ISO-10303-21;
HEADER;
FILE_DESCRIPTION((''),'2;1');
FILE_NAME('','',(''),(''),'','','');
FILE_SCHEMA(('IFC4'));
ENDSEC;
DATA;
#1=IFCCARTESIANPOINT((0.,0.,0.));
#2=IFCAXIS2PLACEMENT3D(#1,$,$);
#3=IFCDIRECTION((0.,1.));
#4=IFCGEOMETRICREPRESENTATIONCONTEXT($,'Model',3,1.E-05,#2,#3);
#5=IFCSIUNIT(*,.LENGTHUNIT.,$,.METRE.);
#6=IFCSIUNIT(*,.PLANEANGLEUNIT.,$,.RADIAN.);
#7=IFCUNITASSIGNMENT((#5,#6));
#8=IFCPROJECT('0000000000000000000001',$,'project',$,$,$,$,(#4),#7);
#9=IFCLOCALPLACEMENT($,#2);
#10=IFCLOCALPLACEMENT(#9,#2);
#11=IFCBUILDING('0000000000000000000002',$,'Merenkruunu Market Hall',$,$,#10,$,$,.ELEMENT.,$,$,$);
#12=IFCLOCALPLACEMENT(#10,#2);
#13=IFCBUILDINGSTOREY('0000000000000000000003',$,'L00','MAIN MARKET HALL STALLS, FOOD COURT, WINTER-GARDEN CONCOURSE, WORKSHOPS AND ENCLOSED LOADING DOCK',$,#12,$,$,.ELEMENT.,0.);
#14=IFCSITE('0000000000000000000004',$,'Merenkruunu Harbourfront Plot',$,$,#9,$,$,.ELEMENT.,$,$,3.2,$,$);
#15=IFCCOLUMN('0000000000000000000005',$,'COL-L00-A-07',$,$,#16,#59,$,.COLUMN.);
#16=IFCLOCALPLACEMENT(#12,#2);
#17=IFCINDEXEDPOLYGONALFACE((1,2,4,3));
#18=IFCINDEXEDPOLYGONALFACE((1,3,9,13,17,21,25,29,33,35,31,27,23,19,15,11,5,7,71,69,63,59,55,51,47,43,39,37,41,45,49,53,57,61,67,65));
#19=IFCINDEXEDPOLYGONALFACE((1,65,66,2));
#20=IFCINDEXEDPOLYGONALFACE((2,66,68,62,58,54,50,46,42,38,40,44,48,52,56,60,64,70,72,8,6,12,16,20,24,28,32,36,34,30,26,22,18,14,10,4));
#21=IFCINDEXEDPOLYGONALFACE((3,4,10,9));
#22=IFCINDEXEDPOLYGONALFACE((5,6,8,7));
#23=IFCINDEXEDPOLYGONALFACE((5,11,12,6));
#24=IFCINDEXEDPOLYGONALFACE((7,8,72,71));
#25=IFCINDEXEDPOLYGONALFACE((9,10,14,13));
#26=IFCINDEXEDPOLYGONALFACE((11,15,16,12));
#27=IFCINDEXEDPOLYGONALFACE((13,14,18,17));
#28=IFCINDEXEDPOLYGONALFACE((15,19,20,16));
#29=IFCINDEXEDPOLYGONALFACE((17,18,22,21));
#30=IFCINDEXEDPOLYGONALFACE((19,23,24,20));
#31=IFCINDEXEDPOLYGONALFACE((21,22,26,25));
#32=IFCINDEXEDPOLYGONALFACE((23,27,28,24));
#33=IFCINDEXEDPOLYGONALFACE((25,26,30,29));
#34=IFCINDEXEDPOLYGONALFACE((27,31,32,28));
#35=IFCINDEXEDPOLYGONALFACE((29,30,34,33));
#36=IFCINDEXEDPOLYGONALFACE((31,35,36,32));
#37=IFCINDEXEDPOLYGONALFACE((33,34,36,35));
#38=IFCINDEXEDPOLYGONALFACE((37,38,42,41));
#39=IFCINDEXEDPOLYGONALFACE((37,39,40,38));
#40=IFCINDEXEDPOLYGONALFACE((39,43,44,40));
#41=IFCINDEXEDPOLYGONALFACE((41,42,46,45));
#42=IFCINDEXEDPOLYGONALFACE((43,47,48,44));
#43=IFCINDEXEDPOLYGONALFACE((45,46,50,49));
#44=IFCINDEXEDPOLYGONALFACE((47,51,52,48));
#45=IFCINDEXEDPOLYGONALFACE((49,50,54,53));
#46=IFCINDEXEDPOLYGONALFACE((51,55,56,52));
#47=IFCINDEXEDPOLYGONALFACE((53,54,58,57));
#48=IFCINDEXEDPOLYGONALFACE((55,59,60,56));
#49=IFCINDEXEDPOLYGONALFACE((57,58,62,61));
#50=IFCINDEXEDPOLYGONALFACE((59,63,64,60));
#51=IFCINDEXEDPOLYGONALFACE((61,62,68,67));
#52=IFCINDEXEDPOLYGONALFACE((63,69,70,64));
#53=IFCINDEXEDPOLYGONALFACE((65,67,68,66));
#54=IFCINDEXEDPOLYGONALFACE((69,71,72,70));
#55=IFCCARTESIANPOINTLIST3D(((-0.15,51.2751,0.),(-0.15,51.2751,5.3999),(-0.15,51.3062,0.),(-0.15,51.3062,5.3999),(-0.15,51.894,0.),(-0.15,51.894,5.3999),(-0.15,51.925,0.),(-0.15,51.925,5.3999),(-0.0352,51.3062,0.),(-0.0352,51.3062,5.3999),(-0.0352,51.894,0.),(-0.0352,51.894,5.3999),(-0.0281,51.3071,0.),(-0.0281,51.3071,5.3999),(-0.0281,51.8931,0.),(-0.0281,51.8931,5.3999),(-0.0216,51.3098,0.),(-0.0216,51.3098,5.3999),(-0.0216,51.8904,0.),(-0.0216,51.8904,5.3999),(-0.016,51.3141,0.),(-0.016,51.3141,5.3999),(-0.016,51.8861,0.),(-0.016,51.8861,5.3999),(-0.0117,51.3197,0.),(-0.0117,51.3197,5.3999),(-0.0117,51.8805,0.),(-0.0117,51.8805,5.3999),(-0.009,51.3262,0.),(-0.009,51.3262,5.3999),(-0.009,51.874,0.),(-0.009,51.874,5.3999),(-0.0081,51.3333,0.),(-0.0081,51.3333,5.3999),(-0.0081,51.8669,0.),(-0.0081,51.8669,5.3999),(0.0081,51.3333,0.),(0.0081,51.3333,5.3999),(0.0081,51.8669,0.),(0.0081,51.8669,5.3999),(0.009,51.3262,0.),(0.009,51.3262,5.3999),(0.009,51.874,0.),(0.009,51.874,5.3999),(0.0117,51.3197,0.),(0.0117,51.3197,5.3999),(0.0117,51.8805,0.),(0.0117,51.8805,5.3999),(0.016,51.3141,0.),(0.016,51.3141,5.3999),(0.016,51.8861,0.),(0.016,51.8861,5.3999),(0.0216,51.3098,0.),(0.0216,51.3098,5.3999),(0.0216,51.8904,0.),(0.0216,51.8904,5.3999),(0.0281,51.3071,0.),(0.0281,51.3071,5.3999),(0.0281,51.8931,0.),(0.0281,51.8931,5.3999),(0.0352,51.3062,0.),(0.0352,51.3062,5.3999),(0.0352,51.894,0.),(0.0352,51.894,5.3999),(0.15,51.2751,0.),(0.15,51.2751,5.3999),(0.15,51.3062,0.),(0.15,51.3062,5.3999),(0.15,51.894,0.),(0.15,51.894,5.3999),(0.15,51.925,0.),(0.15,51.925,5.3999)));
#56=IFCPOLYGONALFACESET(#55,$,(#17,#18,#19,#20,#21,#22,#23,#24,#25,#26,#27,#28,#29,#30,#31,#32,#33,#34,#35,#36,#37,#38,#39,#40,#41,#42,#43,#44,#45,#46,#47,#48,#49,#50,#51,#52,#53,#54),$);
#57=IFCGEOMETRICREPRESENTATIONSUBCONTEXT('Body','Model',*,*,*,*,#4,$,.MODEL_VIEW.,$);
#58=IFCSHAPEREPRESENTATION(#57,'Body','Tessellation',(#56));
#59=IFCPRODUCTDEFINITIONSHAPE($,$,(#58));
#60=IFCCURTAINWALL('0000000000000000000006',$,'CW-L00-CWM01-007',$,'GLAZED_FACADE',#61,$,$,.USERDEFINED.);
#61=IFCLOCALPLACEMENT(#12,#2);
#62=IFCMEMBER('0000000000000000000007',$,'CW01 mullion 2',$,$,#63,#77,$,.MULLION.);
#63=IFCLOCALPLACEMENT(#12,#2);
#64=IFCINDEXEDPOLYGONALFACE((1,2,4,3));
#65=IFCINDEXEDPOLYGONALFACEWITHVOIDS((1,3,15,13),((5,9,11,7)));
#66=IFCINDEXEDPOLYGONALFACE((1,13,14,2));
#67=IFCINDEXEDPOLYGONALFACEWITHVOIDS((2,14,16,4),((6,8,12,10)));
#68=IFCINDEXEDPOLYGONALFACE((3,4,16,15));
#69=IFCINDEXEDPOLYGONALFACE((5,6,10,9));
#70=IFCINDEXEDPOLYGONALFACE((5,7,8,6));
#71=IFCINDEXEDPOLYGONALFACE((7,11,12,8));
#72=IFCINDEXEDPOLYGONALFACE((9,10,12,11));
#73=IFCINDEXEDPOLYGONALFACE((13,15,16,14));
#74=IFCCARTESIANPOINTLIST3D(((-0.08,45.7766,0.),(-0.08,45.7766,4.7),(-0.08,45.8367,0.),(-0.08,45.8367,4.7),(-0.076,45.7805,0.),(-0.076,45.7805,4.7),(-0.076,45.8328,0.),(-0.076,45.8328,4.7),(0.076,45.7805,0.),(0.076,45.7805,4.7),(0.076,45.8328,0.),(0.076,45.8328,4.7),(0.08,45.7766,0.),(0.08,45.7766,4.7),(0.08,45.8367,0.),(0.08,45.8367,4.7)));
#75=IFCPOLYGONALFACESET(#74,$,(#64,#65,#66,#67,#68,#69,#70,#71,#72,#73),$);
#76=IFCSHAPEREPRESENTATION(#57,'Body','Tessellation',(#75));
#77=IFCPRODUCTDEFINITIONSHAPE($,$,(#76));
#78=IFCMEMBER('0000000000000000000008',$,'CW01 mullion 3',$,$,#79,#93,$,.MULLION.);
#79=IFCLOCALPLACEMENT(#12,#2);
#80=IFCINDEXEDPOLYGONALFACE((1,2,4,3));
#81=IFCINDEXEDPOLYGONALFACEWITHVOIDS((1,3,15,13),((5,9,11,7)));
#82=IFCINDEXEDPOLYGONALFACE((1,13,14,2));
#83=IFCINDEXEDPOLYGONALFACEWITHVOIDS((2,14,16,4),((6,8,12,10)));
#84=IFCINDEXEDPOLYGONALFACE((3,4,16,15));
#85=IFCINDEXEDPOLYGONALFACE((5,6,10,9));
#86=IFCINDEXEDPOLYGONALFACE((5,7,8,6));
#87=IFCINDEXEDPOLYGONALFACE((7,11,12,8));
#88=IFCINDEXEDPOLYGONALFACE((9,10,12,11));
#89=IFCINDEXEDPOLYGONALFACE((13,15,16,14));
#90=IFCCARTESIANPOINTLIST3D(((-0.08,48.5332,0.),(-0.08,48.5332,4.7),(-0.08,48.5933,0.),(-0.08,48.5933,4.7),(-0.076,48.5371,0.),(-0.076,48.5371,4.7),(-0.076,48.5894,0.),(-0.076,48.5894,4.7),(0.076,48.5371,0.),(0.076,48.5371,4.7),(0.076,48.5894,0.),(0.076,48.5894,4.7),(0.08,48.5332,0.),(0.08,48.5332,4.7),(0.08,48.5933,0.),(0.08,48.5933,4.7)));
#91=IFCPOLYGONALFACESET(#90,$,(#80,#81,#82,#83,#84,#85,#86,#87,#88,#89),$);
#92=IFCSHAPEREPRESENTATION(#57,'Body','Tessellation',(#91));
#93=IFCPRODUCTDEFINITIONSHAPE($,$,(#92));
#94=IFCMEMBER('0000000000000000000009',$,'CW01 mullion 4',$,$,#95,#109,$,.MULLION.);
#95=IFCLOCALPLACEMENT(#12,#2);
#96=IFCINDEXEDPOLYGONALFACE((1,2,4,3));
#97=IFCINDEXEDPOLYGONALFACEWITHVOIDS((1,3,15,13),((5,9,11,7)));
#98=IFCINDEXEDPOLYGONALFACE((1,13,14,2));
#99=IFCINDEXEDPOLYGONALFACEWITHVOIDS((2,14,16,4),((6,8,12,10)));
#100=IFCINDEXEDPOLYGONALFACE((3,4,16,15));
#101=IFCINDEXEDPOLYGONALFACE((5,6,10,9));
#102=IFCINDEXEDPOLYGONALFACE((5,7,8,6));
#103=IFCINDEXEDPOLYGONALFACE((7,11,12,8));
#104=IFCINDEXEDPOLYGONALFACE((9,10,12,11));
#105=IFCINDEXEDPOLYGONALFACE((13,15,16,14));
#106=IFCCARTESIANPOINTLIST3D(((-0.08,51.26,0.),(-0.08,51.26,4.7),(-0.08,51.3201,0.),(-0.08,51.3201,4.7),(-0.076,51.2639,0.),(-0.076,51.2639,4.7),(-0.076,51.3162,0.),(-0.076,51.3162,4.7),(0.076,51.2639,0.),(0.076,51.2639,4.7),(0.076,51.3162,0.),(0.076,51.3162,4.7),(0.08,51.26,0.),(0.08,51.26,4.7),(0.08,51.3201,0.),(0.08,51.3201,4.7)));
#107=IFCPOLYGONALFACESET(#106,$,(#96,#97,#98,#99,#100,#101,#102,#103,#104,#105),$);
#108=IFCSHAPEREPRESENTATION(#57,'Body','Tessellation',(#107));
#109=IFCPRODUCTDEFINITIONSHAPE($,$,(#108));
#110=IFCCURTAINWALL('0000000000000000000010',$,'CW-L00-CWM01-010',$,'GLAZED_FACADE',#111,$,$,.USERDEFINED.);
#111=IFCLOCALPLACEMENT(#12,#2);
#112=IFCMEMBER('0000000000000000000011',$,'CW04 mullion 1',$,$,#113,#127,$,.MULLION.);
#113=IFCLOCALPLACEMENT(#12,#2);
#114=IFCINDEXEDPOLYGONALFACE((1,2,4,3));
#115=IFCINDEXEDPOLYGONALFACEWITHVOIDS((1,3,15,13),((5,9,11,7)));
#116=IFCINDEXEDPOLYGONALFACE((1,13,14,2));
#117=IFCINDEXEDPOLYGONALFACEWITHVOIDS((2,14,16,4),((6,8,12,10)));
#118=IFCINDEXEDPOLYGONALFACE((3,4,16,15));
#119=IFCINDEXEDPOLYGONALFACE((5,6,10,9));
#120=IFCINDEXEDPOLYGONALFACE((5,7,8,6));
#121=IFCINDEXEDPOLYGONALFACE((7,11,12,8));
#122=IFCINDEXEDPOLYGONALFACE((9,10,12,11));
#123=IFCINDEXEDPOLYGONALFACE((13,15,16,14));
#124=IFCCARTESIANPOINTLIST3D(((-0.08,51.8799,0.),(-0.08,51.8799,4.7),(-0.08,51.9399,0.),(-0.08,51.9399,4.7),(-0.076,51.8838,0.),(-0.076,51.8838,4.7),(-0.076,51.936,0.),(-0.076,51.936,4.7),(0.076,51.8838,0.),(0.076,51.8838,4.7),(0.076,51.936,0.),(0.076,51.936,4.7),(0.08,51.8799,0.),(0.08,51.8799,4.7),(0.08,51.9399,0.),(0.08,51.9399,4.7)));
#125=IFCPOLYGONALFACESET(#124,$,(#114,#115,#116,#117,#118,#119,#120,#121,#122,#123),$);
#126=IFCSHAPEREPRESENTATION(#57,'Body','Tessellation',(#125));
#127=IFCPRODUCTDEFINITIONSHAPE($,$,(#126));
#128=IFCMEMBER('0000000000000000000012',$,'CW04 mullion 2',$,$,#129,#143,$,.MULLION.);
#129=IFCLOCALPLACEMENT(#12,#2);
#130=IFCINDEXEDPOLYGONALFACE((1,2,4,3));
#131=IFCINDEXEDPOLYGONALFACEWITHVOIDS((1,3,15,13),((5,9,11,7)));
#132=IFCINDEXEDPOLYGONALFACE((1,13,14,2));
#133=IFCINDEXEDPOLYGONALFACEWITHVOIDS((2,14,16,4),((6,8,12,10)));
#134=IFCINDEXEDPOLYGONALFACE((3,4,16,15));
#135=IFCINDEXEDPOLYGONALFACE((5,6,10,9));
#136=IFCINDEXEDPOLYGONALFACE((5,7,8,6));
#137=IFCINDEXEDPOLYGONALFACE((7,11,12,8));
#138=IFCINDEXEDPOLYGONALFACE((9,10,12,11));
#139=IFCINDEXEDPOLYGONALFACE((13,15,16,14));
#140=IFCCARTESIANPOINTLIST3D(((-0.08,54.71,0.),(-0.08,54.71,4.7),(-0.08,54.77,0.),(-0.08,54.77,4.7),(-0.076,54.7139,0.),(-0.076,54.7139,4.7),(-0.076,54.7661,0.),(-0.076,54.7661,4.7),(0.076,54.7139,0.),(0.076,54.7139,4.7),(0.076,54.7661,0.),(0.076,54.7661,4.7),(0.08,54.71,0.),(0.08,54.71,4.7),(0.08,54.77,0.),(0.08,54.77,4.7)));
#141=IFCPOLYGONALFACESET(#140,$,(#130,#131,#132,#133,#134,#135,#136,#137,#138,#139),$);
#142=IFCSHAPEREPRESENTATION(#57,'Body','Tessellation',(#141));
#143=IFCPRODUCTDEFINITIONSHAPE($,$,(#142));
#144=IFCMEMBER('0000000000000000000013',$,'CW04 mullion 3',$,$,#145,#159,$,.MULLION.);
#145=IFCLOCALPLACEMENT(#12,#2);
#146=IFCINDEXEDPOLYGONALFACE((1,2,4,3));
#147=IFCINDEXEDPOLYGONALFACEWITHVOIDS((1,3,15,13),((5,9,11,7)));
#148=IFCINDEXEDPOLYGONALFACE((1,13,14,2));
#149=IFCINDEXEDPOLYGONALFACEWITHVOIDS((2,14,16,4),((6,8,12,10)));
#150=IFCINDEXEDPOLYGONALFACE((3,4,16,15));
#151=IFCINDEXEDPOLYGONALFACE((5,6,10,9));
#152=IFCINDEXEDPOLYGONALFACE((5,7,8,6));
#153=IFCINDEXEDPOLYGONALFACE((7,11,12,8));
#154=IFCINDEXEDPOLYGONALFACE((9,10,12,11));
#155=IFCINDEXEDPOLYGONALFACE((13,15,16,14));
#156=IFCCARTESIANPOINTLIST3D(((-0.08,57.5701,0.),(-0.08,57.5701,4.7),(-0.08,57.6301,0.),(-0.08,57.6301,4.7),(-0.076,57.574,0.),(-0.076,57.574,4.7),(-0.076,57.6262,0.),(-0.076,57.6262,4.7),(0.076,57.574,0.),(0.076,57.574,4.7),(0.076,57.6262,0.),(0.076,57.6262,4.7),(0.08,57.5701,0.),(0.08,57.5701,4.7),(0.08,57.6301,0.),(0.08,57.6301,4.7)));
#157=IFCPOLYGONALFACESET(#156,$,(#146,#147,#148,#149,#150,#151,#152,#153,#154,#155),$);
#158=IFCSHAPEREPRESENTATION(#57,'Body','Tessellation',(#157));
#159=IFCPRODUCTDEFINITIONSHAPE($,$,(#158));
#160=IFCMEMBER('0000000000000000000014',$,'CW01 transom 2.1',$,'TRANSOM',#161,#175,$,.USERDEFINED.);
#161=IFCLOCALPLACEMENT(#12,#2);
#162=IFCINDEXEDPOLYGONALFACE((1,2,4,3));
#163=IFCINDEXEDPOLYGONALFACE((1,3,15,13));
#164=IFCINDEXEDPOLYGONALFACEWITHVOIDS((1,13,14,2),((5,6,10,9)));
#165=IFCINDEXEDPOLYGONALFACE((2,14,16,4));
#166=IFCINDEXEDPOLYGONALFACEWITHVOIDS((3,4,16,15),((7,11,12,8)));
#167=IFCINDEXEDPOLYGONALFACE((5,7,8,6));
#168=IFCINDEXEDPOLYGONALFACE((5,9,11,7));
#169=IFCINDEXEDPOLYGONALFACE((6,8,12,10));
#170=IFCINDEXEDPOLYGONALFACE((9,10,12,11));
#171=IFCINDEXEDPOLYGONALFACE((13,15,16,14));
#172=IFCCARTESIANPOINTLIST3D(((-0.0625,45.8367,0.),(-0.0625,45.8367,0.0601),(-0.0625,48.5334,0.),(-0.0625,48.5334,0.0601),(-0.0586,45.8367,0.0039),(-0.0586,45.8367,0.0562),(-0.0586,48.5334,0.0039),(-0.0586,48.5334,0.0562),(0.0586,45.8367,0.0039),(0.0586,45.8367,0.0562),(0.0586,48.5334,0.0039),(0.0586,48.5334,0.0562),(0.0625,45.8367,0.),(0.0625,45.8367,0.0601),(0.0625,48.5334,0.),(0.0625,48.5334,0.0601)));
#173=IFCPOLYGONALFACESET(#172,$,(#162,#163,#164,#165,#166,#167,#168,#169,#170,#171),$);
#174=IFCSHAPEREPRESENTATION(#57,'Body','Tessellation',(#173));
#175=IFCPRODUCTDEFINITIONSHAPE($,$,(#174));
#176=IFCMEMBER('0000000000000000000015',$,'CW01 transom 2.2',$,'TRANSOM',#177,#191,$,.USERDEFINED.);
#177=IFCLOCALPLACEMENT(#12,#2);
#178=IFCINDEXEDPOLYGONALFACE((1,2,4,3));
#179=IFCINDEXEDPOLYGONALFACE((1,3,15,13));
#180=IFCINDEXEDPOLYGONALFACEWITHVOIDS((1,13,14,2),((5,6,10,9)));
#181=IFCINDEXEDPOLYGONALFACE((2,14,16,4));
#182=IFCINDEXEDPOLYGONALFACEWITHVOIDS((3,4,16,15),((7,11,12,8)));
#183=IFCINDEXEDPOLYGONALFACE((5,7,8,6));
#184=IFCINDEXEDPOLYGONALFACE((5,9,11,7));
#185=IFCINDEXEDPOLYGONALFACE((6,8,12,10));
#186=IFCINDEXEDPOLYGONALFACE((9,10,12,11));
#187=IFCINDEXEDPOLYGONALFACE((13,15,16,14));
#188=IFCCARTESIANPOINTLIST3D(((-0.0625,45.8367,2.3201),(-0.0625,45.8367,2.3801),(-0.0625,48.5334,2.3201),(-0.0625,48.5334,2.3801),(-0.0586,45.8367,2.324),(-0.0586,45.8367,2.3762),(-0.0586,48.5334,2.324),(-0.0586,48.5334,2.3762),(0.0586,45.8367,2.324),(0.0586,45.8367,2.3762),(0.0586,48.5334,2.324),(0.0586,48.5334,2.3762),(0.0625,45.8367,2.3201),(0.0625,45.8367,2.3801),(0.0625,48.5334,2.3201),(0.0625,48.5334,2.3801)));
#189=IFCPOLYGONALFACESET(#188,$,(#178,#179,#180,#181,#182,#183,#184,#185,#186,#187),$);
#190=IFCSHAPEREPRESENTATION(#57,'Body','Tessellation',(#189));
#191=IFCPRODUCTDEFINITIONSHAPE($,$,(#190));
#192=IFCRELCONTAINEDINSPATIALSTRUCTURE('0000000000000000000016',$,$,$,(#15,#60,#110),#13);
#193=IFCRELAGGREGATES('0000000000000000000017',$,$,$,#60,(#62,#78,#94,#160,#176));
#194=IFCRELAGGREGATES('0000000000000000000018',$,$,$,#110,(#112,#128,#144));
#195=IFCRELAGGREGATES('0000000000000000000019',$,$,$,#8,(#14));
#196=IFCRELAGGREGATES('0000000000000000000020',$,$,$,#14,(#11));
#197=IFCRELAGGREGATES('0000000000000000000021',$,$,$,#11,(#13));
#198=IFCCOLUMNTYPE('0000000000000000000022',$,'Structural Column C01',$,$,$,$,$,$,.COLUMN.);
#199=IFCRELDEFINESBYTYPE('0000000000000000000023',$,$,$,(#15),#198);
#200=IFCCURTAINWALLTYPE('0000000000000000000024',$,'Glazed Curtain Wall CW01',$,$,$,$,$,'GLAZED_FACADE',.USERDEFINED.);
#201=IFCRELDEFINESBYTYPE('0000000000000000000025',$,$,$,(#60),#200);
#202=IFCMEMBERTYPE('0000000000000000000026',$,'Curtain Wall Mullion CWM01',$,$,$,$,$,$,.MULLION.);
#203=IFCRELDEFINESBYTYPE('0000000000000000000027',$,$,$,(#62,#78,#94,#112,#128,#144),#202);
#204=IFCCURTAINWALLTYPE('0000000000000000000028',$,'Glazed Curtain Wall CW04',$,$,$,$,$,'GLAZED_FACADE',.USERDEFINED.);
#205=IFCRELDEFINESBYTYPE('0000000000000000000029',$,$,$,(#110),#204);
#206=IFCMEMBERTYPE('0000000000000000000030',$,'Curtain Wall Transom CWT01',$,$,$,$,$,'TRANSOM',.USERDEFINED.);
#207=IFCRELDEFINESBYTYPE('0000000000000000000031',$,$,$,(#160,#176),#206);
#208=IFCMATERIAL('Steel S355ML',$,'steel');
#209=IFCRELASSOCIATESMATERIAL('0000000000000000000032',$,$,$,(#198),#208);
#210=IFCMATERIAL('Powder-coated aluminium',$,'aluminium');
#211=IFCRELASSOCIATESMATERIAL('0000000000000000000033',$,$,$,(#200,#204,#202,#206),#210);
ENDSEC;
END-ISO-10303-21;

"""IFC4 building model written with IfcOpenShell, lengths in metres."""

from ifc_helpers import new_model, si_unit, direction, frame, origin, origin_2d, place, context, subcontext, project, spatial, hollow_rectangle, i_section, extrude, material, material_profile, profile_set, type_object, element, aggregate, save


model = new_model("IFC4")

# Units and contexts
model_context = context("Model", 3, precision=1e-05, world=origin(), true_north=direction((0.0, 1.0)))
body_context = subcontext(model_context, "Body", "Model", "MODEL_VIEW")
ifc_project = project(units=[si_unit("LENGTHUNIT", "METRE"), si_unit("PLANEANGLEUNIT", "RADIAN")], contexts=[model_context])

# Site, building, storey
site_placement = place(None, origin())
site = spatial("IfcSite", under=ifc_project, at=site_placement, Name="Merenkruunu Harbourfront Plot", CompositionType="ELEMENT", RefElevation=3.2)
building_placement = place(site_placement, origin())
building = spatial("IfcBuilding", under=site, at=building_placement, Name="Merenkruunu Market Hall", CompositionType="ELEMENT")
storey_placement = place(building_placement, origin())
storey = spatial("IfcBuildingStorey", under=building, at=storey_placement, Name="L00", Description="MAIN MARKET HALL STALLS, FOOD COURT, WINTER-GARDEN CONCOURSE, WORKSHOPS AND ENCLOSED LOADING DOCK", CompositionType="ELEMENT", Elevation=0.0)

# Column
ifc_material_1 = material(Name="Steel S355ML", Category="steel")
ifc_material_profile_1 = material_profile(ifc_material_1, i_section(OverallWidth=0.3, OverallDepth=0.6499, WebThickness=0.0161, FlangeThickness=0.031, FilletRadius=0.0271, at=origin_2d()), Name="HEB 650")
ifc_profile_set_1 = profile_set([ifc_material_profile_1], Name="Steel S355ML")
column_type = type_object("IfcColumnType", Name="Structural Column C01", PredefinedType="COLUMN", material=ifc_profile_set_1)
column_placement = place(storey_placement, frame((0.0, 51.6001, 0.0), z_axis=(0.0, 0.0, 1.0), x_axis=(1.0, 0.0, 0.0)))
element("IfcColumn", 1, at=column_placement, inside=storey, type_object=column_type, Name="COL-L00-A-07", PredefinedType="COLUMN", context=body_context, shape_type="SweptSolid", body=[
    extrude(i_section(OverallWidth=0.3, OverallDepth=0.6499, WebThickness=0.0161, FlangeThickness=0.031, FilletRadius=0.0271, at=origin_2d()), origin(), (0.0, 0.0, 1.0), 5.3999),
])

# Curtain walls, members
ifc_material_2 = material(Name="Powder-coated aluminium", Category="aluminium")
curtain_wall_type_1 = type_object("IfcCurtainWallType", Name="Glazed Curtain Wall CW01", ElementType="GLAZED_FACADE", PredefinedType="USERDEFINED", material=ifc_material_2)
curtain_wall_1_placement = place(storey_placement, origin())
curtain_wall_1 = element("IfcCurtainWall", 2, at=curtain_wall_1_placement, inside=storey, type_object=curtain_wall_type_1, Name="CW-L00-CWM01-007", ObjectType="GLAZED_FACADE", PredefinedType="USERDEFINED")
ifc_material_profile_2 = material_profile(ifc_material_2, hollow_rectangle(XDim=0.0601, YDim=0.1599, WallThickness=0.0039, at=origin_2d()), Name="ALU 60x160x4")
ifc_profile_set_2 = profile_set([ifc_material_profile_2], Name="Powder-coated aluminium")
member_type_1 = type_object("IfcMemberType", Name="Curtain Wall Mullion CWM01", PredefinedType="MULLION", material=ifc_profile_set_2)
member_1_placement = place(storey_placement, frame((0.0, 45.8066, 0.0), z_axis=(0.0, 0.0, 1.0), x_axis=(0.0, 1.0, 0.0)))
member_1 = element("IfcMember", 3, at=member_1_placement, type_object=member_type_1, Name="CW01 mullion 2", PredefinedType="MULLION", context=body_context, shape_type="SweptSolid", body=[
    extrude(hollow_rectangle(XDim=0.0601, YDim=0.1599, WallThickness=0.0039, at=origin_2d()), origin(), (0.0, 0.0, 1.0), 4.7),
])
member_2_placement = place(storey_placement, frame((0.0, 48.5632, 0.0), z_axis=(0.0, 0.0, 1.0), x_axis=(0.0, 1.0, 0.0)))
member_2 = element("IfcMember", 4, at=member_2_placement, type_object=member_type_1, Name="CW01 mullion 3", PredefinedType="MULLION", context=body_context, shape_type="SweptSolid", body=[
    extrude(hollow_rectangle(XDim=0.0601, YDim=0.1599, WallThickness=0.0039, at=origin_2d()), origin(), (0.0, 0.0, 1.0), 4.7),
])
member_3_placement = place(storey_placement, frame((0.0, 51.29, 0.0), z_axis=(0.0, 0.0, 1.0), x_axis=(0.0, 1.0, 0.0)))
member_3 = element("IfcMember", 5, at=member_3_placement, type_object=member_type_1, Name="CW01 mullion 4", PredefinedType="MULLION", context=body_context, shape_type="SweptSolid", body=[
    extrude(hollow_rectangle(XDim=0.0601, YDim=0.1599, WallThickness=0.0039, at=origin_2d()), origin(), (0.0, 0.0, 1.0), 4.7),
])
curtain_wall_type_2 = type_object("IfcCurtainWallType", Name="Glazed Curtain Wall CW04", ElementType="GLAZED_FACADE", PredefinedType="USERDEFINED", material=ifc_material_2)
curtain_wall_2_placement = place(storey_placement, origin())
curtain_wall_2 = element("IfcCurtainWall", 6, at=curtain_wall_2_placement, inside=storey, type_object=curtain_wall_type_2, Name="CW-L00-CWM01-010", ObjectType="GLAZED_FACADE", PredefinedType="USERDEFINED")
member_4_placement = place(storey_placement, frame((0.0, 51.9099, 0.0), z_axis=(0.0, 0.0, 1.0), x_axis=(0.0, 1.0, 0.0)))
member_4 = element("IfcMember", 7, at=member_4_placement, type_object=member_type_1, Name="CW04 mullion 1", PredefinedType="MULLION", context=body_context, shape_type="SweptSolid", body=[
    extrude(hollow_rectangle(XDim=0.0601, YDim=0.1599, WallThickness=0.0039, at=origin_2d()), origin(), (0.0, 0.0, 1.0), 4.7),
])
member_5_placement = place(storey_placement, frame((0.0, 54.74, 0.0), z_axis=(0.0, 0.0, 1.0), x_axis=(0.0, 1.0, 0.0)))
member_5 = element("IfcMember", 8, at=member_5_placement, type_object=member_type_1, Name="CW04 mullion 2", PredefinedType="MULLION", context=body_context, shape_type="SweptSolid", body=[
    extrude(hollow_rectangle(XDim=0.0601, YDim=0.1599, WallThickness=0.0039, at=origin_2d()), origin(), (0.0, 0.0, 1.0), 4.7),
])
member_6_placement = place(storey_placement, frame((0.0, 57.6001, 0.0), z_axis=(0.0, 0.0, 1.0), x_axis=(0.0, 1.0, 0.0)))
member_6 = element("IfcMember", 9, at=member_6_placement, type_object=member_type_1, Name="CW04 mullion 3", PredefinedType="MULLION", context=body_context, shape_type="SweptSolid", body=[
    extrude(hollow_rectangle(XDim=0.0601, YDim=0.1599, WallThickness=0.0039, at=origin_2d()), origin(), (0.0, 0.0, 1.0), 4.7),
])

# Members
ifc_material_profile_3 = material_profile(ifc_material_2, hollow_rectangle(XDim=0.0601, YDim=0.125, WallThickness=0.0039, at=origin_2d()), Name="ALU 60x125x4")
ifc_profile_set_3 = profile_set([ifc_material_profile_3], Name="Powder-coated aluminium")
member_type_2 = type_object("IfcMemberType", Name="Curtain Wall Transom CWT01", ElementType="TRANSOM", PredefinedType="USERDEFINED", material=ifc_profile_set_3)
member_7_placement = place(storey_placement, frame((0.0, 45.8367, 0.03), z_axis=(0.0, 1.0, 0.0), x_axis=(0.0, 0.0, 1.0)))
member_7 = element("IfcMember", 10, at=member_7_placement, type_object=member_type_2, Name="CW01 transom 2.1", ObjectType="TRANSOM", PredefinedType="USERDEFINED", context=body_context, shape_type="SweptSolid", body=[
    extrude(hollow_rectangle(XDim=0.0601, YDim=0.125, WallThickness=0.0039, at=origin_2d()), origin(), (0.0, 0.0, 1.0), 2.6968),
])
member_8_placement = place(storey_placement, frame((0.0, 45.8367, 2.3501), z_axis=(0.0, 1.0, 0.0), x_axis=(0.0, 0.0, 1.0)))
member_8 = element("IfcMember", 11, at=member_8_placement, type_object=member_type_2, Name="CW01 transom 2.2", ObjectType="TRANSOM", PredefinedType="USERDEFINED", context=body_context, shape_type="SweptSolid", body=[
    extrude(hollow_rectangle(XDim=0.0601, YDim=0.125, WallThickness=0.0039, at=origin_2d()), origin(), (0.0, 0.0, 1.0), 2.6968),
])

aggregate(curtain_wall_1, [member_1, member_2, member_3, member_7, member_8])
aggregate(curtain_wall_2, [member_4, member_5, member_6])

save(model, "model.ifc")
